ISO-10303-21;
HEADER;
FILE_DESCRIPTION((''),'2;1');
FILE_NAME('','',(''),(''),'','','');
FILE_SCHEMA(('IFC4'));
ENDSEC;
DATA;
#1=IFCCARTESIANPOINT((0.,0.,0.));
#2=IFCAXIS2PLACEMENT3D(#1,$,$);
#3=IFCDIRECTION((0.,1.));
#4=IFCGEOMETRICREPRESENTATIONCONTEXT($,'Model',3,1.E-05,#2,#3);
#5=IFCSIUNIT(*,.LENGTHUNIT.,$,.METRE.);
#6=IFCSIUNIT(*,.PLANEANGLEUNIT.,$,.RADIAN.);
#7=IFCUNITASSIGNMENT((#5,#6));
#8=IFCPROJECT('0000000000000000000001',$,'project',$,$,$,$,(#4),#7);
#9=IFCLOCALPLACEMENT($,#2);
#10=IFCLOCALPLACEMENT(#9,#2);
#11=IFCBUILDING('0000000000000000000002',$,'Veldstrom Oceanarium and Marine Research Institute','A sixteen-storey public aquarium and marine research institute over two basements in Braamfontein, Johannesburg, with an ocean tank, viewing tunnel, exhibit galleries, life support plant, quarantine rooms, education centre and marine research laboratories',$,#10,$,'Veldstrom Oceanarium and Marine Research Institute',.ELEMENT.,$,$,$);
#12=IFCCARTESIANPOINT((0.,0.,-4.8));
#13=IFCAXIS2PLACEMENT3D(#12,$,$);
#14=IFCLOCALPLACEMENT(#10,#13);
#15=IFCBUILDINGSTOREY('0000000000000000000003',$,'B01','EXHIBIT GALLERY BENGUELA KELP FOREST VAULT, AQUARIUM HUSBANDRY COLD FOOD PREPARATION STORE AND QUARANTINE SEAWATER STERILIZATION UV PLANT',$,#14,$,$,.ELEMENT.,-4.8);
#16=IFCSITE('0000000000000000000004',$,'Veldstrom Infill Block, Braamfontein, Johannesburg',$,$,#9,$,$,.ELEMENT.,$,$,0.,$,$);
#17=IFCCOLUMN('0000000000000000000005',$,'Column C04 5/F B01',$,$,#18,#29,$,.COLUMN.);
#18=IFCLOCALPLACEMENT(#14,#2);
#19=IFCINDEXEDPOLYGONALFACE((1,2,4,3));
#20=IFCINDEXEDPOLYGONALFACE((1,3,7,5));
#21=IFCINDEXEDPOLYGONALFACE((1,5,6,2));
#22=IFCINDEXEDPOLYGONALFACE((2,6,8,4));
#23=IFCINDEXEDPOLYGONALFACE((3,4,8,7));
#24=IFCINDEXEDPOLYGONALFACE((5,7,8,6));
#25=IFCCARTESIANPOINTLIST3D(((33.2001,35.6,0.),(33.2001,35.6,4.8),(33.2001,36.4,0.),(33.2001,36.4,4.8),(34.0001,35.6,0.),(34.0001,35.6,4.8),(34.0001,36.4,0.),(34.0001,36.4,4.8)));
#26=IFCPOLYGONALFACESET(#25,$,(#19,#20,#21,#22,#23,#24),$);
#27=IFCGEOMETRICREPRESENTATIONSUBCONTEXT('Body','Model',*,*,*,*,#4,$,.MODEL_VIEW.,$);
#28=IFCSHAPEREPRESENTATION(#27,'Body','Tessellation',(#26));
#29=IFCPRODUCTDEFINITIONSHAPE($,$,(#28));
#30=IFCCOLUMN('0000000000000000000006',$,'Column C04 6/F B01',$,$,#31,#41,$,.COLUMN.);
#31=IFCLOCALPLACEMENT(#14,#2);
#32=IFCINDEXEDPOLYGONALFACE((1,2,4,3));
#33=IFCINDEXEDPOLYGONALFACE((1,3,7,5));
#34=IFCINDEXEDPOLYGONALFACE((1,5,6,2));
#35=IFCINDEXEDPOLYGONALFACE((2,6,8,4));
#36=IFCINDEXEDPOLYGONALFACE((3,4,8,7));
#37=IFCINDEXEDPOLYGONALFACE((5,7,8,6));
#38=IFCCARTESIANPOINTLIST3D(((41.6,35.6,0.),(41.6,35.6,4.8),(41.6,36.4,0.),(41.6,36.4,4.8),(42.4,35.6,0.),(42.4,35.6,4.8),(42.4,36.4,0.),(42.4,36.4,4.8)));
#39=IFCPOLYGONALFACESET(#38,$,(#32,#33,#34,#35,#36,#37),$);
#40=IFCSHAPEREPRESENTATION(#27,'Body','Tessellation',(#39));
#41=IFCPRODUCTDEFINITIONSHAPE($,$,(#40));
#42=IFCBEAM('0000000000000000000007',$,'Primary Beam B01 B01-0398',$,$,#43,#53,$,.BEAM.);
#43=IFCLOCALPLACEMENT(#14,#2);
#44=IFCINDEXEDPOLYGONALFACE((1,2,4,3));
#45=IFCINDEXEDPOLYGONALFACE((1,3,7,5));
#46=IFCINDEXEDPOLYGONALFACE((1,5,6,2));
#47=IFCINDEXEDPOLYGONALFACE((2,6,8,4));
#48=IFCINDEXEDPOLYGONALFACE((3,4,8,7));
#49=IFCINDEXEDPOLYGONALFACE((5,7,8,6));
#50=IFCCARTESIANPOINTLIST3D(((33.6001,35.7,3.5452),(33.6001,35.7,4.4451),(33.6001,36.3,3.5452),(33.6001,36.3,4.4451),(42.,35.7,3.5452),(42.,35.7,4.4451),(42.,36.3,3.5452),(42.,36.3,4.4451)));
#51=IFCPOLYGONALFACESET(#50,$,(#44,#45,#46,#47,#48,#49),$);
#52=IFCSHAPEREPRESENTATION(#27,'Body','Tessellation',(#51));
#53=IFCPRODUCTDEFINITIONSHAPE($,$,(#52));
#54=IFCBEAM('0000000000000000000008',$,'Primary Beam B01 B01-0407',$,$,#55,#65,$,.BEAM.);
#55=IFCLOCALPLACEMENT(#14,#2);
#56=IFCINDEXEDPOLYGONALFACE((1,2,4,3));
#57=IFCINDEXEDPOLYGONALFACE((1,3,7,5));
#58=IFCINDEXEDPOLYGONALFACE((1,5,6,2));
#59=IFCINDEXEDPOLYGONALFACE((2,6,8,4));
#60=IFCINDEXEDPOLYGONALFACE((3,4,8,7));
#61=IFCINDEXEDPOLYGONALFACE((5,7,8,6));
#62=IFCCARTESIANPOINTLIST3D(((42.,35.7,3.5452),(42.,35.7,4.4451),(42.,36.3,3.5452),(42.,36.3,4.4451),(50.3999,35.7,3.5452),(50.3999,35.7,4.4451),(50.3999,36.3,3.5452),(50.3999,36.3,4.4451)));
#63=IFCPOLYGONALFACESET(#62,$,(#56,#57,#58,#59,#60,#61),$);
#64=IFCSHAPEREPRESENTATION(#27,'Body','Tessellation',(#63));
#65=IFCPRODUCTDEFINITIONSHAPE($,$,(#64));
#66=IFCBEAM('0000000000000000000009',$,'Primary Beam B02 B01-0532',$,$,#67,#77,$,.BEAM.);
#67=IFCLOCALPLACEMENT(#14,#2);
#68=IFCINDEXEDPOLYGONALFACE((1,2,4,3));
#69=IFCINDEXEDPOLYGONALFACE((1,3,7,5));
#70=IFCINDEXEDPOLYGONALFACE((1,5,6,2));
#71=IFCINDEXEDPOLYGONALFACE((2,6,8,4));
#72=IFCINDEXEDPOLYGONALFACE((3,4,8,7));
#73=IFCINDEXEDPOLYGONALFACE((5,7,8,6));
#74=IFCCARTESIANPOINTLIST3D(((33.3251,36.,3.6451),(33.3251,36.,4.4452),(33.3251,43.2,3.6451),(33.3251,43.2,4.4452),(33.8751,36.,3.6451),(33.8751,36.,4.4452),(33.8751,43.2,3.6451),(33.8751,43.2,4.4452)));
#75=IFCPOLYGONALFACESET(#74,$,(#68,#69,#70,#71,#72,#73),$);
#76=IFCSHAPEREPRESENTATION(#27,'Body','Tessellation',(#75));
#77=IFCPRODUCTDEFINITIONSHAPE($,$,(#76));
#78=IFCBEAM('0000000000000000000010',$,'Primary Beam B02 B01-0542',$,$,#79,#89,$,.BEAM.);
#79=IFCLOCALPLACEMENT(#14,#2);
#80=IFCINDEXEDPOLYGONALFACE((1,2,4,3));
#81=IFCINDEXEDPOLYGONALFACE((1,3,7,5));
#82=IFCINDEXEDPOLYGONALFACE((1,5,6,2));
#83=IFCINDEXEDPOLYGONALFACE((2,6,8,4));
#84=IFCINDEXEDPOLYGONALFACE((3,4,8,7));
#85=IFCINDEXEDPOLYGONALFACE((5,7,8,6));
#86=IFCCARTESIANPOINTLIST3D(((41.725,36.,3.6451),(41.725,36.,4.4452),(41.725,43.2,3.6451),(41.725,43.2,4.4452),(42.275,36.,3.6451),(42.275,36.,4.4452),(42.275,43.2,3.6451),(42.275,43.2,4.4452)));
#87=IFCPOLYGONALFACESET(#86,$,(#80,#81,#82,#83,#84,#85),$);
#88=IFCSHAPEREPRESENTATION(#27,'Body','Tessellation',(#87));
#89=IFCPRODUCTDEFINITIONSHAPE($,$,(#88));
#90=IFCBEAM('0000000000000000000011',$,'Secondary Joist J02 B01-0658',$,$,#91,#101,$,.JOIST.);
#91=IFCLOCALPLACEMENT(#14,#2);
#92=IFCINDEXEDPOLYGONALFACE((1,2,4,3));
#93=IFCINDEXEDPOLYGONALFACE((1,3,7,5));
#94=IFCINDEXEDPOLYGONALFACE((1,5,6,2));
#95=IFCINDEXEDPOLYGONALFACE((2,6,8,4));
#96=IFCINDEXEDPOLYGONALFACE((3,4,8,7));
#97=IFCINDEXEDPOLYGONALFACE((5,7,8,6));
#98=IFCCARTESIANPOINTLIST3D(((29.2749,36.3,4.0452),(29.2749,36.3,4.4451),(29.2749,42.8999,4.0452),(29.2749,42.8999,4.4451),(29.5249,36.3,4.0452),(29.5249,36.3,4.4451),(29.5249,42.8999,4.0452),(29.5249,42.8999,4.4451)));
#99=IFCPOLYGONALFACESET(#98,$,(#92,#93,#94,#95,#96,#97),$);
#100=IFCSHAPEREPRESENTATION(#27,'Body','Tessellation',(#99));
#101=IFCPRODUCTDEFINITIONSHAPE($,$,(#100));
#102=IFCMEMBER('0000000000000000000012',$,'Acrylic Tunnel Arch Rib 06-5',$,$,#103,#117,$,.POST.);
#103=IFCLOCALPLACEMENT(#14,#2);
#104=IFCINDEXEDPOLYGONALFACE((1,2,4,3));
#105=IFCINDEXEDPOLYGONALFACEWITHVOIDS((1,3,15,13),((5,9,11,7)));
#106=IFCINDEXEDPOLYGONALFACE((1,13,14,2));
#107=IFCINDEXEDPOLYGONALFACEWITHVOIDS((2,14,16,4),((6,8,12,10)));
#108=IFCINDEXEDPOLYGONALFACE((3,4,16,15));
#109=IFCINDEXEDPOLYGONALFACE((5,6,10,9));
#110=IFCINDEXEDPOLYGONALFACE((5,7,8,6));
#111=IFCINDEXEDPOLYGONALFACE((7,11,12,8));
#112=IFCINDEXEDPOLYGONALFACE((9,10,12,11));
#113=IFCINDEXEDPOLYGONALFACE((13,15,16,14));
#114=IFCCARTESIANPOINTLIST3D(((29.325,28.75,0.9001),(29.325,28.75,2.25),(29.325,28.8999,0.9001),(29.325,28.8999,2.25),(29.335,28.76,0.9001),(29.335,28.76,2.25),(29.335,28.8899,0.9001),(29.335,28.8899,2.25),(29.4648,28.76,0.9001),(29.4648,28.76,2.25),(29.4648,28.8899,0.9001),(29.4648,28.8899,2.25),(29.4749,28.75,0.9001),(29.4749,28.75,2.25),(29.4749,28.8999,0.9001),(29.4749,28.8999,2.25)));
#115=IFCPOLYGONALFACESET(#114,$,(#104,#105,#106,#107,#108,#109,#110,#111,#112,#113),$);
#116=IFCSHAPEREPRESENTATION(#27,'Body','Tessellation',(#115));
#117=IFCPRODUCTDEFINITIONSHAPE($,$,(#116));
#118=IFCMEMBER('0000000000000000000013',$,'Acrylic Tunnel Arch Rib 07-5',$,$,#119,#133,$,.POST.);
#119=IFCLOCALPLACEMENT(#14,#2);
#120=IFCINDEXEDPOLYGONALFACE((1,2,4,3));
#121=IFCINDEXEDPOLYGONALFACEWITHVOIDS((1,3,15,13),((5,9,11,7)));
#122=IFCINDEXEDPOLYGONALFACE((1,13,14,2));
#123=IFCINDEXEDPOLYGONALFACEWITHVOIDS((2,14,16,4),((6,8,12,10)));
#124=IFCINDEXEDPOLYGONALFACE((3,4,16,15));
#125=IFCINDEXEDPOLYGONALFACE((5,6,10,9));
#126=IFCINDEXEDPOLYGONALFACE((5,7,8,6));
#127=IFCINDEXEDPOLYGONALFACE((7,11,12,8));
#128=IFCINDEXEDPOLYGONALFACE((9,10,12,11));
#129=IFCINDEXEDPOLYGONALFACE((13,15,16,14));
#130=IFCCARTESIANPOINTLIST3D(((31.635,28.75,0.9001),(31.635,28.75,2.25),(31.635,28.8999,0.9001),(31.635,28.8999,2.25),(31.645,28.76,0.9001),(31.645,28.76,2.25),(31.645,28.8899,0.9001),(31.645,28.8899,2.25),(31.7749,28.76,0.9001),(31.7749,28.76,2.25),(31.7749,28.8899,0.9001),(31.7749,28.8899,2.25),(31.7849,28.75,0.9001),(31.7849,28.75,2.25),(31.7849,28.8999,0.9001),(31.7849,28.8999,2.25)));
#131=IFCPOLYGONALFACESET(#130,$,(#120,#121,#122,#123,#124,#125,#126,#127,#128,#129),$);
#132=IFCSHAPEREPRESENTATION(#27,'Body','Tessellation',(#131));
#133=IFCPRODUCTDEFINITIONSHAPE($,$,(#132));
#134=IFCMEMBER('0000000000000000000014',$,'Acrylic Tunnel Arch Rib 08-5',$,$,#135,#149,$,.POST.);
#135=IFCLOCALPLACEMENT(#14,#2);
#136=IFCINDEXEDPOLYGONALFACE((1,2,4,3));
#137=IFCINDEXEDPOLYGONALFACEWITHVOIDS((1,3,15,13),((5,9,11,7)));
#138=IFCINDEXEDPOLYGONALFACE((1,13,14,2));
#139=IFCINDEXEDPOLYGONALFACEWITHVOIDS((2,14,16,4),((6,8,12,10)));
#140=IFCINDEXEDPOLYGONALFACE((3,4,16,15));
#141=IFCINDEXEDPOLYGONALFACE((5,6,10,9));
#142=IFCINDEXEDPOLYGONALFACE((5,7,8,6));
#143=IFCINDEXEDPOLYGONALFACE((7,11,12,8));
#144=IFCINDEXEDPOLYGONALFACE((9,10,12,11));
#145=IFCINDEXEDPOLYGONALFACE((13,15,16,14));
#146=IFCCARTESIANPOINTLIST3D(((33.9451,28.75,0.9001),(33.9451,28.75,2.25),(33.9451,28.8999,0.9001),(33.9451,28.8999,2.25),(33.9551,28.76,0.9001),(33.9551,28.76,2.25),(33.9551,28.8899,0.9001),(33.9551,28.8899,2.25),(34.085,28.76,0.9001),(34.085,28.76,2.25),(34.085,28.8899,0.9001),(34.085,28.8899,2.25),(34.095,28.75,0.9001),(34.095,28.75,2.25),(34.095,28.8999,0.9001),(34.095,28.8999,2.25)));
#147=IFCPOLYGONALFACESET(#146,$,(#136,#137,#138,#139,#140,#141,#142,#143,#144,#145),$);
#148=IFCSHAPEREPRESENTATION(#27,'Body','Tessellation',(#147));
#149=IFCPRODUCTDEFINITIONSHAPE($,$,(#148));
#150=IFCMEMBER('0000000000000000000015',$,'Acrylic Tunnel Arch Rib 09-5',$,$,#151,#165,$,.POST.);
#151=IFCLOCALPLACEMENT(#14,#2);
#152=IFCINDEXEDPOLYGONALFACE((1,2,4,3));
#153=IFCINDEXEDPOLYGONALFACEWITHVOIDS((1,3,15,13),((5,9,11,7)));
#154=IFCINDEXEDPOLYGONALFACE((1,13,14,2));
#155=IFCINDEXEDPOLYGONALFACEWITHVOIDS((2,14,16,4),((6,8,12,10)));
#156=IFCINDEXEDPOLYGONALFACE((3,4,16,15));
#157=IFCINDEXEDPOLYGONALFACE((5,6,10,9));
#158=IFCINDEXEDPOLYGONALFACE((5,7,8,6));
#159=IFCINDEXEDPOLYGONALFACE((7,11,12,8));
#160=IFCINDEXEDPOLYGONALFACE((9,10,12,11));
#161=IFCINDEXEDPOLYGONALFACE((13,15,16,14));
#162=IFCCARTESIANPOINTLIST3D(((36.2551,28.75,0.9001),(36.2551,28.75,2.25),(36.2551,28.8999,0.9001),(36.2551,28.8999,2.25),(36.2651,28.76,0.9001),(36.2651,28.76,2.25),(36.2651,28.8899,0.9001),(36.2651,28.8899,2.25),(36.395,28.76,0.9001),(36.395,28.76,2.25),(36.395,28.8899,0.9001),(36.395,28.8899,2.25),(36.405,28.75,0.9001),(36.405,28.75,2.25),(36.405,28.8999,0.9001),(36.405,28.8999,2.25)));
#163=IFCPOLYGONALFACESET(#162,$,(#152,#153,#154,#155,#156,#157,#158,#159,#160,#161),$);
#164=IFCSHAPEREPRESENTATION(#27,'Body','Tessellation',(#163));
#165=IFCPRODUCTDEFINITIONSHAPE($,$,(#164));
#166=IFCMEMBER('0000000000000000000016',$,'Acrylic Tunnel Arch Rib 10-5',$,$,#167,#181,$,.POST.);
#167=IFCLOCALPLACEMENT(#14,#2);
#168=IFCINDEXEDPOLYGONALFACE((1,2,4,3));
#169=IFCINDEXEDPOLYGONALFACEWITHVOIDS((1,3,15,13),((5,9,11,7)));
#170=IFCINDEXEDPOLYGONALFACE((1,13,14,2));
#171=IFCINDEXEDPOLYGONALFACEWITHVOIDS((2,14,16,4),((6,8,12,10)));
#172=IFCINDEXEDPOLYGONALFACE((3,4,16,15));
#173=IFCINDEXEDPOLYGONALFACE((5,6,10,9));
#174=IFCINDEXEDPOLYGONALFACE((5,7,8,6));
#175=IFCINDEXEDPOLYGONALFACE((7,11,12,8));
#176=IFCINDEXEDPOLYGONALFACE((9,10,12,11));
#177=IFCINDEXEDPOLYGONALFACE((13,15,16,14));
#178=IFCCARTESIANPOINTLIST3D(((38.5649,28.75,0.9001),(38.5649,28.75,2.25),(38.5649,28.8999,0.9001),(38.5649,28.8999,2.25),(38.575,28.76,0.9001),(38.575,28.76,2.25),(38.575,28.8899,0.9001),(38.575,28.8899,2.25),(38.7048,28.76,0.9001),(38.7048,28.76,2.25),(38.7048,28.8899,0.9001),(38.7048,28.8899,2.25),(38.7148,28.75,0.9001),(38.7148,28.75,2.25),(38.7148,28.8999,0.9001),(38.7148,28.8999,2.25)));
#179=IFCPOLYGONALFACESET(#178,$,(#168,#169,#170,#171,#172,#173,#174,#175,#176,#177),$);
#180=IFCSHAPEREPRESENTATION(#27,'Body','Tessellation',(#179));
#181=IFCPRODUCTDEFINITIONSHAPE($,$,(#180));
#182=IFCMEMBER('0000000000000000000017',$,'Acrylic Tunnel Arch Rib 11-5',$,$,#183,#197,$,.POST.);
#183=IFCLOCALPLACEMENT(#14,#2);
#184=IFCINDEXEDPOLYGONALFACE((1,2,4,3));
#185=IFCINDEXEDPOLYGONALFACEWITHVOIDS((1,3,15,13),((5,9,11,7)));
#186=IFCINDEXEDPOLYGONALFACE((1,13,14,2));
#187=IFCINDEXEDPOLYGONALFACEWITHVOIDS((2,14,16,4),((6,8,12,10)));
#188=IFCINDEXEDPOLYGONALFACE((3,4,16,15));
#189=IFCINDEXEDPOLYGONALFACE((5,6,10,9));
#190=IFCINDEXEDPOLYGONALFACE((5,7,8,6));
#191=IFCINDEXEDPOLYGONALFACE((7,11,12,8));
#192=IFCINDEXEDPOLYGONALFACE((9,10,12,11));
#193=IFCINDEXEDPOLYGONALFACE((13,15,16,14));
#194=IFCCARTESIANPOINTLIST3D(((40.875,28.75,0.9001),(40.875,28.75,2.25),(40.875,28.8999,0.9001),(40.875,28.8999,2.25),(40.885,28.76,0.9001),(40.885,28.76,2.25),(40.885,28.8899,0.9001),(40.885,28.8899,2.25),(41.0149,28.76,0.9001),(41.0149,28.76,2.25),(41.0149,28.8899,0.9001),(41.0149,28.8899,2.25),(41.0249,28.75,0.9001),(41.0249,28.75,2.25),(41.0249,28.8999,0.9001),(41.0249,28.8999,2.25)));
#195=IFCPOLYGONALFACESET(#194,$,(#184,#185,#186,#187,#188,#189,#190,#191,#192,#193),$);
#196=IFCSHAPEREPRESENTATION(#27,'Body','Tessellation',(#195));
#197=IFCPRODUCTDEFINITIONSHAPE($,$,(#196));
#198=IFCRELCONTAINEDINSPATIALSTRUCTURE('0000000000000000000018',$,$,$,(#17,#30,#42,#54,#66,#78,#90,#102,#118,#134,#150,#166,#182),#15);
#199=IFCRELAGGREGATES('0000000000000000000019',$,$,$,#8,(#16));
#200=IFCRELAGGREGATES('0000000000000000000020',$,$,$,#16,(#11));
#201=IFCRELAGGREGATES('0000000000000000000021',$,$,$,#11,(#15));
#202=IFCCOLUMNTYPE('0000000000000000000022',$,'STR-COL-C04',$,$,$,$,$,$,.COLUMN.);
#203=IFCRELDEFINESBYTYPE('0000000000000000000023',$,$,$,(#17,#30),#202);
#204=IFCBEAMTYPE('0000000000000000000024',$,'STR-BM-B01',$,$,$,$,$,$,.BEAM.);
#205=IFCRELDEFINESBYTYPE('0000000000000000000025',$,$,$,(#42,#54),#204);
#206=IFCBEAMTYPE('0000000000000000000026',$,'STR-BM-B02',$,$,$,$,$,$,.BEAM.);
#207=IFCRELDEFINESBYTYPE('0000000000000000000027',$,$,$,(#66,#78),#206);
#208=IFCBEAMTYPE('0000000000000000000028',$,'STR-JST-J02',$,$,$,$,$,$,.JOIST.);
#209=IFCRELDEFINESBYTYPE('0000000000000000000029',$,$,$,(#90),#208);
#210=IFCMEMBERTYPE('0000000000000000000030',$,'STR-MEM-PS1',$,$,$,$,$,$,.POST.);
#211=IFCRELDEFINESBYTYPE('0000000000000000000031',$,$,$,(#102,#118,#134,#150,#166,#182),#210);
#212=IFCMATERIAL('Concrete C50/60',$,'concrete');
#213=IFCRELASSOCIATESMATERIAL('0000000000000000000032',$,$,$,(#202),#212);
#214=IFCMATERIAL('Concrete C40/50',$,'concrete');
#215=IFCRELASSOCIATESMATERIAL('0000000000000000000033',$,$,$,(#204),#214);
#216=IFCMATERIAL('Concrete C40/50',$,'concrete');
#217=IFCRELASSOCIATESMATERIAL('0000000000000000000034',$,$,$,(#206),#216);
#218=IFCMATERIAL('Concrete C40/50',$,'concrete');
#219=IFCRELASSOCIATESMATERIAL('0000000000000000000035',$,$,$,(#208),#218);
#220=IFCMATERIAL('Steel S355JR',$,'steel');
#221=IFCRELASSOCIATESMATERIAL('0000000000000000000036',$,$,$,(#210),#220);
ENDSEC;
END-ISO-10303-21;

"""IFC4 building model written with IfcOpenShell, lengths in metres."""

from ifc_helpers import new_model, si_unit, direction, frame, origin, origin_2d, place, context, subcontext, project, spatial, rectangle, hollow_rectangle, extrude, material, material_profile, profile_set, type_object, element, save


model = new_model("IFC4")

# Units and contexts
model_context = context("Model", 3, precision=1e-05, world=origin(), true_north=direction((0.0, 1.0)))
body_context = subcontext(model_context, "Body", "Model", "MODEL_VIEW")
ifc_project = project(units=[si_unit("LENGTHUNIT", "METRE"), si_unit("PLANEANGLEUNIT", "RADIAN")], contexts=[model_context])

# Site, building, storey
site_placement = place(None, origin())
site = spatial("IfcSite", under=ifc_project, at=site_placement, Name="Veldstrom Infill Block, Braamfontein, Johannesburg", CompositionType="ELEMENT", RefElevation=0.0)
building_placement = place(site_placement, origin())
building = spatial("IfcBuilding", under=site, at=building_placement, Name="Veldstrom Oceanarium and Marine Research Institute", Description="A sixteen-storey public aquarium and marine research institute over two basements in Braamfontein, Johannesburg, with an ocean tank, viewing tunnel, exhibit galleries, life support plant, quarantine rooms, education centre and marine research laboratories", LongName="Veldstrom Oceanarium and Marine Research Institute", CompositionType="ELEMENT")
storey_placement = place(building_placement, frame((0.0, 0.0, -4.8)))
storey = spatial("IfcBuildingStorey", under=building, at=storey_placement, Name="B01", Description="EXHIBIT GALLERY BENGUELA KELP FOREST VAULT, AQUARIUM HUSBANDRY COLD FOOD PREPARATION STORE AND QUARANTINE SEAWATER STERILIZATION UV PLANT", CompositionType="ELEMENT", Elevation=-4.8)

# Columns
ifc_material_1 = material(Name="Concrete C50/60", Category="concrete")
ifc_material_profile_1 = material_profile(ifc_material_1, rectangle(XDim=0.8, YDim=0.8, at=origin_2d()), Name="RC-COL-800x800")
ifc_profile_set_1 = profile_set([ifc_material_profile_1], Name="Concrete C50/60")
column_type = type_object("IfcColumnType", Name="STR-COL-C04", PredefinedType="COLUMN", material=ifc_profile_set_1)
for number, where, z_axis, x_axis, name in (
    (1, (33.6001, 36.0, 0.0), (0.0, 0.0, 1.0), (1.0, 0.0, 0.0), "Column C04 5/F B01"),
    (2, (42.0, 36.0, 0.0), (0.0, 0.0, 1.0), (1.0, 0.0, 0.0), "Column C04 6/F B01"),
):
    element("IfcColumn", number, at=place(storey_placement, frame(where, z_axis=z_axis, x_axis=x_axis)), inside=storey, type_object=column_type, Name=name, PredefinedType="COLUMN", context=body_context, shape_type="SweptSolid", body=[
        extrude(rectangle(XDim=0.8, YDim=0.8, at=origin_2d()), origin(), (0.0, 0.0, 1.0), 4.8),
    ])

# Beams
ifc_material_2 = material(Name="Concrete C40/50", Category="concrete")
ifc_material_profile_2 = material_profile(ifc_material_2, rectangle(XDim=0.6001, YDim=0.8999, at=origin_2d()), Name="RC-BM-600x900")
ifc_profile_set_2 = profile_set([ifc_material_profile_2], Name="Concrete C40/50")
beam_type_1 = type_object("IfcBeamType", Name="STR-BM-B01", PredefinedType="BEAM", material=ifc_profile_set_2)
for number, where, z_axis, x_axis, name in (
    (3, (33.6001, 36.0, 3.9951), (1.0, 0.0, 0.0), (0.0, 1.0, 0.0), "Primary Beam B01 B01-0398"),
    (4, (42.0, 36.0, 3.9951), (1.0, 0.0, 0.0), (0.0, 1.0, 0.0), "Primary Beam B01 B01-0407"),
):
    element("IfcBeam", number, at=place(storey_placement, frame(where, z_axis=z_axis, x_axis=x_axis)), inside=storey, type_object=beam_type_1, Name=name, PredefinedType="BEAM", context=body_context, shape_type="SweptSolid", body=[
        extrude(rectangle(XDim=0.6001, YDim=0.8999, at=origin_2d()), origin(), (0.0, 0.0, 1.0), 8.3999),
    ])
ifc_material_3 = material(Name="Concrete C40/50", Category="concrete")
ifc_material_profile_3 = material_profile(ifc_material_3, rectangle(XDim=0.55, YDim=0.8, at=origin_2d()), Name="RC-BM-550x800")
ifc_profile_set_3 = profile_set([ifc_material_profile_3], Name="Concrete C40/50")
beam_type_2 = type_object("IfcBeamType", Name="STR-BM-B02", PredefinedType="BEAM", material=ifc_profile_set_3)
for number, where, z_axis, x_axis, name in (
    (5, (33.6001, 36.0, 4.0452), (0.0, 1.0, 0.0), (-1.0, 0.0, 0.0), "Primary Beam B02 B01-0532"),
    (6, (42.0, 36.0, 4.0452), (0.0, 1.0, 0.0), (-1.0, 0.0, 0.0), "Primary Beam B02 B01-0542"),
):
    element("IfcBeam", number, at=place(storey_placement, frame(where, z_axis=z_axis, x_axis=x_axis)), inside=storey, type_object=beam_type_2, Name=name, PredefinedType="BEAM", context=body_context, shape_type="SweptSolid", body=[
        extrude(rectangle(XDim=0.55, YDim=0.8, at=origin_2d()), origin(), (0.0, 0.0, 1.0), 7.2),
    ])
ifc_material_4 = material(Name="Concrete C40/50", Category="concrete")
ifc_material_profile_4 = material_profile(ifc_material_4, rectangle(XDim=0.25, YDim=0.3999, at=origin_2d()), Name="RC-JST-250x400")
ifc_profile_set_4 = profile_set([ifc_material_profile_4], Name="Concrete C40/50")
beam_type_3 = type_object("IfcBeamType", Name="STR-JST-J02", PredefinedType="JOIST", material=ifc_profile_set_4)
beam_placement = place(storey_placement, frame((29.3999, 36.3, 4.2451), z_axis=(0.0, 1.0, 0.0), x_axis=(-1.0, 0.0, 0.0)))
element("IfcBeam", 7, at=beam_placement, inside=storey, type_object=beam_type_3, Name="Secondary Joist J02 B01-0658", PredefinedType="JOIST", context=body_context, shape_type="SweptSolid", body=[
    extrude(rectangle(XDim=0.25, YDim=0.3999, at=origin_2d()), origin(), (0.0, 0.0, 1.0), 6.5999),
])

# Members
ifc_material_5 = material(Name="Steel S355JR", Category="steel")
ifc_material_profile_5 = material_profile(ifc_material_5, hollow_rectangle(XDim=0.1499, YDim=0.1499, WallThickness=0.01, at=origin_2d()), Name="SHS 150x150x10")
ifc_profile_set_5 = profile_set([ifc_material_profile_5], Name="Steel S355JR")
member_type = type_object("IfcMemberType", Name="STR-MEM-PS1", PredefinedType="POST", material=ifc_profile_set_5)
for number, where, z_axis, x_axis, name in (
    (8, (29.3999, 28.825, 2.25), (0.0, 0.0, -1.0), (1.0, 0.0, 0.0), "Acrylic Tunnel Arch Rib 06-5"),
    (9, (31.71, 28.825, 2.25), (0.0, 0.0, -1.0), (1.0, 0.0, 0.0), "Acrylic Tunnel Arch Rib 07-5"),
    (10, (34.02, 28.825, 2.25), (0.0, 0.0, -1.0), (1.0, 0.0, 0.0), "Acrylic Tunnel Arch Rib 08-5"),
    (11, (36.3301, 28.825, 2.25), (0.0, 0.0, -1.0), (1.0, 0.0, 0.0), "Acrylic Tunnel Arch Rib 09-5"),
    (12, (38.6399, 28.825, 2.25), (0.0, 0.0, -1.0), (1.0, 0.0, 0.0), "Acrylic Tunnel Arch Rib 10-5"),
    (13, (40.95, 28.825, 2.25), (0.0, 0.0, -1.0), (1.0, 0.0, 0.0), "Acrylic Tunnel Arch Rib 11-5"),
):
    element("IfcMember", number, at=place(storey_placement, frame(where, z_axis=z_axis, x_axis=x_axis)), inside=storey, type_object=member_type, Name=name, PredefinedType="POST", context=body_context, shape_type="SweptSolid", body=[
        extrude(hollow_rectangle(XDim=0.1499, YDim=0.1499, WallThickness=0.01, at=origin_2d()), origin(), (0.0, 0.0, 1.0), 1.3499),
    ])

save(model, "model.ifc")
